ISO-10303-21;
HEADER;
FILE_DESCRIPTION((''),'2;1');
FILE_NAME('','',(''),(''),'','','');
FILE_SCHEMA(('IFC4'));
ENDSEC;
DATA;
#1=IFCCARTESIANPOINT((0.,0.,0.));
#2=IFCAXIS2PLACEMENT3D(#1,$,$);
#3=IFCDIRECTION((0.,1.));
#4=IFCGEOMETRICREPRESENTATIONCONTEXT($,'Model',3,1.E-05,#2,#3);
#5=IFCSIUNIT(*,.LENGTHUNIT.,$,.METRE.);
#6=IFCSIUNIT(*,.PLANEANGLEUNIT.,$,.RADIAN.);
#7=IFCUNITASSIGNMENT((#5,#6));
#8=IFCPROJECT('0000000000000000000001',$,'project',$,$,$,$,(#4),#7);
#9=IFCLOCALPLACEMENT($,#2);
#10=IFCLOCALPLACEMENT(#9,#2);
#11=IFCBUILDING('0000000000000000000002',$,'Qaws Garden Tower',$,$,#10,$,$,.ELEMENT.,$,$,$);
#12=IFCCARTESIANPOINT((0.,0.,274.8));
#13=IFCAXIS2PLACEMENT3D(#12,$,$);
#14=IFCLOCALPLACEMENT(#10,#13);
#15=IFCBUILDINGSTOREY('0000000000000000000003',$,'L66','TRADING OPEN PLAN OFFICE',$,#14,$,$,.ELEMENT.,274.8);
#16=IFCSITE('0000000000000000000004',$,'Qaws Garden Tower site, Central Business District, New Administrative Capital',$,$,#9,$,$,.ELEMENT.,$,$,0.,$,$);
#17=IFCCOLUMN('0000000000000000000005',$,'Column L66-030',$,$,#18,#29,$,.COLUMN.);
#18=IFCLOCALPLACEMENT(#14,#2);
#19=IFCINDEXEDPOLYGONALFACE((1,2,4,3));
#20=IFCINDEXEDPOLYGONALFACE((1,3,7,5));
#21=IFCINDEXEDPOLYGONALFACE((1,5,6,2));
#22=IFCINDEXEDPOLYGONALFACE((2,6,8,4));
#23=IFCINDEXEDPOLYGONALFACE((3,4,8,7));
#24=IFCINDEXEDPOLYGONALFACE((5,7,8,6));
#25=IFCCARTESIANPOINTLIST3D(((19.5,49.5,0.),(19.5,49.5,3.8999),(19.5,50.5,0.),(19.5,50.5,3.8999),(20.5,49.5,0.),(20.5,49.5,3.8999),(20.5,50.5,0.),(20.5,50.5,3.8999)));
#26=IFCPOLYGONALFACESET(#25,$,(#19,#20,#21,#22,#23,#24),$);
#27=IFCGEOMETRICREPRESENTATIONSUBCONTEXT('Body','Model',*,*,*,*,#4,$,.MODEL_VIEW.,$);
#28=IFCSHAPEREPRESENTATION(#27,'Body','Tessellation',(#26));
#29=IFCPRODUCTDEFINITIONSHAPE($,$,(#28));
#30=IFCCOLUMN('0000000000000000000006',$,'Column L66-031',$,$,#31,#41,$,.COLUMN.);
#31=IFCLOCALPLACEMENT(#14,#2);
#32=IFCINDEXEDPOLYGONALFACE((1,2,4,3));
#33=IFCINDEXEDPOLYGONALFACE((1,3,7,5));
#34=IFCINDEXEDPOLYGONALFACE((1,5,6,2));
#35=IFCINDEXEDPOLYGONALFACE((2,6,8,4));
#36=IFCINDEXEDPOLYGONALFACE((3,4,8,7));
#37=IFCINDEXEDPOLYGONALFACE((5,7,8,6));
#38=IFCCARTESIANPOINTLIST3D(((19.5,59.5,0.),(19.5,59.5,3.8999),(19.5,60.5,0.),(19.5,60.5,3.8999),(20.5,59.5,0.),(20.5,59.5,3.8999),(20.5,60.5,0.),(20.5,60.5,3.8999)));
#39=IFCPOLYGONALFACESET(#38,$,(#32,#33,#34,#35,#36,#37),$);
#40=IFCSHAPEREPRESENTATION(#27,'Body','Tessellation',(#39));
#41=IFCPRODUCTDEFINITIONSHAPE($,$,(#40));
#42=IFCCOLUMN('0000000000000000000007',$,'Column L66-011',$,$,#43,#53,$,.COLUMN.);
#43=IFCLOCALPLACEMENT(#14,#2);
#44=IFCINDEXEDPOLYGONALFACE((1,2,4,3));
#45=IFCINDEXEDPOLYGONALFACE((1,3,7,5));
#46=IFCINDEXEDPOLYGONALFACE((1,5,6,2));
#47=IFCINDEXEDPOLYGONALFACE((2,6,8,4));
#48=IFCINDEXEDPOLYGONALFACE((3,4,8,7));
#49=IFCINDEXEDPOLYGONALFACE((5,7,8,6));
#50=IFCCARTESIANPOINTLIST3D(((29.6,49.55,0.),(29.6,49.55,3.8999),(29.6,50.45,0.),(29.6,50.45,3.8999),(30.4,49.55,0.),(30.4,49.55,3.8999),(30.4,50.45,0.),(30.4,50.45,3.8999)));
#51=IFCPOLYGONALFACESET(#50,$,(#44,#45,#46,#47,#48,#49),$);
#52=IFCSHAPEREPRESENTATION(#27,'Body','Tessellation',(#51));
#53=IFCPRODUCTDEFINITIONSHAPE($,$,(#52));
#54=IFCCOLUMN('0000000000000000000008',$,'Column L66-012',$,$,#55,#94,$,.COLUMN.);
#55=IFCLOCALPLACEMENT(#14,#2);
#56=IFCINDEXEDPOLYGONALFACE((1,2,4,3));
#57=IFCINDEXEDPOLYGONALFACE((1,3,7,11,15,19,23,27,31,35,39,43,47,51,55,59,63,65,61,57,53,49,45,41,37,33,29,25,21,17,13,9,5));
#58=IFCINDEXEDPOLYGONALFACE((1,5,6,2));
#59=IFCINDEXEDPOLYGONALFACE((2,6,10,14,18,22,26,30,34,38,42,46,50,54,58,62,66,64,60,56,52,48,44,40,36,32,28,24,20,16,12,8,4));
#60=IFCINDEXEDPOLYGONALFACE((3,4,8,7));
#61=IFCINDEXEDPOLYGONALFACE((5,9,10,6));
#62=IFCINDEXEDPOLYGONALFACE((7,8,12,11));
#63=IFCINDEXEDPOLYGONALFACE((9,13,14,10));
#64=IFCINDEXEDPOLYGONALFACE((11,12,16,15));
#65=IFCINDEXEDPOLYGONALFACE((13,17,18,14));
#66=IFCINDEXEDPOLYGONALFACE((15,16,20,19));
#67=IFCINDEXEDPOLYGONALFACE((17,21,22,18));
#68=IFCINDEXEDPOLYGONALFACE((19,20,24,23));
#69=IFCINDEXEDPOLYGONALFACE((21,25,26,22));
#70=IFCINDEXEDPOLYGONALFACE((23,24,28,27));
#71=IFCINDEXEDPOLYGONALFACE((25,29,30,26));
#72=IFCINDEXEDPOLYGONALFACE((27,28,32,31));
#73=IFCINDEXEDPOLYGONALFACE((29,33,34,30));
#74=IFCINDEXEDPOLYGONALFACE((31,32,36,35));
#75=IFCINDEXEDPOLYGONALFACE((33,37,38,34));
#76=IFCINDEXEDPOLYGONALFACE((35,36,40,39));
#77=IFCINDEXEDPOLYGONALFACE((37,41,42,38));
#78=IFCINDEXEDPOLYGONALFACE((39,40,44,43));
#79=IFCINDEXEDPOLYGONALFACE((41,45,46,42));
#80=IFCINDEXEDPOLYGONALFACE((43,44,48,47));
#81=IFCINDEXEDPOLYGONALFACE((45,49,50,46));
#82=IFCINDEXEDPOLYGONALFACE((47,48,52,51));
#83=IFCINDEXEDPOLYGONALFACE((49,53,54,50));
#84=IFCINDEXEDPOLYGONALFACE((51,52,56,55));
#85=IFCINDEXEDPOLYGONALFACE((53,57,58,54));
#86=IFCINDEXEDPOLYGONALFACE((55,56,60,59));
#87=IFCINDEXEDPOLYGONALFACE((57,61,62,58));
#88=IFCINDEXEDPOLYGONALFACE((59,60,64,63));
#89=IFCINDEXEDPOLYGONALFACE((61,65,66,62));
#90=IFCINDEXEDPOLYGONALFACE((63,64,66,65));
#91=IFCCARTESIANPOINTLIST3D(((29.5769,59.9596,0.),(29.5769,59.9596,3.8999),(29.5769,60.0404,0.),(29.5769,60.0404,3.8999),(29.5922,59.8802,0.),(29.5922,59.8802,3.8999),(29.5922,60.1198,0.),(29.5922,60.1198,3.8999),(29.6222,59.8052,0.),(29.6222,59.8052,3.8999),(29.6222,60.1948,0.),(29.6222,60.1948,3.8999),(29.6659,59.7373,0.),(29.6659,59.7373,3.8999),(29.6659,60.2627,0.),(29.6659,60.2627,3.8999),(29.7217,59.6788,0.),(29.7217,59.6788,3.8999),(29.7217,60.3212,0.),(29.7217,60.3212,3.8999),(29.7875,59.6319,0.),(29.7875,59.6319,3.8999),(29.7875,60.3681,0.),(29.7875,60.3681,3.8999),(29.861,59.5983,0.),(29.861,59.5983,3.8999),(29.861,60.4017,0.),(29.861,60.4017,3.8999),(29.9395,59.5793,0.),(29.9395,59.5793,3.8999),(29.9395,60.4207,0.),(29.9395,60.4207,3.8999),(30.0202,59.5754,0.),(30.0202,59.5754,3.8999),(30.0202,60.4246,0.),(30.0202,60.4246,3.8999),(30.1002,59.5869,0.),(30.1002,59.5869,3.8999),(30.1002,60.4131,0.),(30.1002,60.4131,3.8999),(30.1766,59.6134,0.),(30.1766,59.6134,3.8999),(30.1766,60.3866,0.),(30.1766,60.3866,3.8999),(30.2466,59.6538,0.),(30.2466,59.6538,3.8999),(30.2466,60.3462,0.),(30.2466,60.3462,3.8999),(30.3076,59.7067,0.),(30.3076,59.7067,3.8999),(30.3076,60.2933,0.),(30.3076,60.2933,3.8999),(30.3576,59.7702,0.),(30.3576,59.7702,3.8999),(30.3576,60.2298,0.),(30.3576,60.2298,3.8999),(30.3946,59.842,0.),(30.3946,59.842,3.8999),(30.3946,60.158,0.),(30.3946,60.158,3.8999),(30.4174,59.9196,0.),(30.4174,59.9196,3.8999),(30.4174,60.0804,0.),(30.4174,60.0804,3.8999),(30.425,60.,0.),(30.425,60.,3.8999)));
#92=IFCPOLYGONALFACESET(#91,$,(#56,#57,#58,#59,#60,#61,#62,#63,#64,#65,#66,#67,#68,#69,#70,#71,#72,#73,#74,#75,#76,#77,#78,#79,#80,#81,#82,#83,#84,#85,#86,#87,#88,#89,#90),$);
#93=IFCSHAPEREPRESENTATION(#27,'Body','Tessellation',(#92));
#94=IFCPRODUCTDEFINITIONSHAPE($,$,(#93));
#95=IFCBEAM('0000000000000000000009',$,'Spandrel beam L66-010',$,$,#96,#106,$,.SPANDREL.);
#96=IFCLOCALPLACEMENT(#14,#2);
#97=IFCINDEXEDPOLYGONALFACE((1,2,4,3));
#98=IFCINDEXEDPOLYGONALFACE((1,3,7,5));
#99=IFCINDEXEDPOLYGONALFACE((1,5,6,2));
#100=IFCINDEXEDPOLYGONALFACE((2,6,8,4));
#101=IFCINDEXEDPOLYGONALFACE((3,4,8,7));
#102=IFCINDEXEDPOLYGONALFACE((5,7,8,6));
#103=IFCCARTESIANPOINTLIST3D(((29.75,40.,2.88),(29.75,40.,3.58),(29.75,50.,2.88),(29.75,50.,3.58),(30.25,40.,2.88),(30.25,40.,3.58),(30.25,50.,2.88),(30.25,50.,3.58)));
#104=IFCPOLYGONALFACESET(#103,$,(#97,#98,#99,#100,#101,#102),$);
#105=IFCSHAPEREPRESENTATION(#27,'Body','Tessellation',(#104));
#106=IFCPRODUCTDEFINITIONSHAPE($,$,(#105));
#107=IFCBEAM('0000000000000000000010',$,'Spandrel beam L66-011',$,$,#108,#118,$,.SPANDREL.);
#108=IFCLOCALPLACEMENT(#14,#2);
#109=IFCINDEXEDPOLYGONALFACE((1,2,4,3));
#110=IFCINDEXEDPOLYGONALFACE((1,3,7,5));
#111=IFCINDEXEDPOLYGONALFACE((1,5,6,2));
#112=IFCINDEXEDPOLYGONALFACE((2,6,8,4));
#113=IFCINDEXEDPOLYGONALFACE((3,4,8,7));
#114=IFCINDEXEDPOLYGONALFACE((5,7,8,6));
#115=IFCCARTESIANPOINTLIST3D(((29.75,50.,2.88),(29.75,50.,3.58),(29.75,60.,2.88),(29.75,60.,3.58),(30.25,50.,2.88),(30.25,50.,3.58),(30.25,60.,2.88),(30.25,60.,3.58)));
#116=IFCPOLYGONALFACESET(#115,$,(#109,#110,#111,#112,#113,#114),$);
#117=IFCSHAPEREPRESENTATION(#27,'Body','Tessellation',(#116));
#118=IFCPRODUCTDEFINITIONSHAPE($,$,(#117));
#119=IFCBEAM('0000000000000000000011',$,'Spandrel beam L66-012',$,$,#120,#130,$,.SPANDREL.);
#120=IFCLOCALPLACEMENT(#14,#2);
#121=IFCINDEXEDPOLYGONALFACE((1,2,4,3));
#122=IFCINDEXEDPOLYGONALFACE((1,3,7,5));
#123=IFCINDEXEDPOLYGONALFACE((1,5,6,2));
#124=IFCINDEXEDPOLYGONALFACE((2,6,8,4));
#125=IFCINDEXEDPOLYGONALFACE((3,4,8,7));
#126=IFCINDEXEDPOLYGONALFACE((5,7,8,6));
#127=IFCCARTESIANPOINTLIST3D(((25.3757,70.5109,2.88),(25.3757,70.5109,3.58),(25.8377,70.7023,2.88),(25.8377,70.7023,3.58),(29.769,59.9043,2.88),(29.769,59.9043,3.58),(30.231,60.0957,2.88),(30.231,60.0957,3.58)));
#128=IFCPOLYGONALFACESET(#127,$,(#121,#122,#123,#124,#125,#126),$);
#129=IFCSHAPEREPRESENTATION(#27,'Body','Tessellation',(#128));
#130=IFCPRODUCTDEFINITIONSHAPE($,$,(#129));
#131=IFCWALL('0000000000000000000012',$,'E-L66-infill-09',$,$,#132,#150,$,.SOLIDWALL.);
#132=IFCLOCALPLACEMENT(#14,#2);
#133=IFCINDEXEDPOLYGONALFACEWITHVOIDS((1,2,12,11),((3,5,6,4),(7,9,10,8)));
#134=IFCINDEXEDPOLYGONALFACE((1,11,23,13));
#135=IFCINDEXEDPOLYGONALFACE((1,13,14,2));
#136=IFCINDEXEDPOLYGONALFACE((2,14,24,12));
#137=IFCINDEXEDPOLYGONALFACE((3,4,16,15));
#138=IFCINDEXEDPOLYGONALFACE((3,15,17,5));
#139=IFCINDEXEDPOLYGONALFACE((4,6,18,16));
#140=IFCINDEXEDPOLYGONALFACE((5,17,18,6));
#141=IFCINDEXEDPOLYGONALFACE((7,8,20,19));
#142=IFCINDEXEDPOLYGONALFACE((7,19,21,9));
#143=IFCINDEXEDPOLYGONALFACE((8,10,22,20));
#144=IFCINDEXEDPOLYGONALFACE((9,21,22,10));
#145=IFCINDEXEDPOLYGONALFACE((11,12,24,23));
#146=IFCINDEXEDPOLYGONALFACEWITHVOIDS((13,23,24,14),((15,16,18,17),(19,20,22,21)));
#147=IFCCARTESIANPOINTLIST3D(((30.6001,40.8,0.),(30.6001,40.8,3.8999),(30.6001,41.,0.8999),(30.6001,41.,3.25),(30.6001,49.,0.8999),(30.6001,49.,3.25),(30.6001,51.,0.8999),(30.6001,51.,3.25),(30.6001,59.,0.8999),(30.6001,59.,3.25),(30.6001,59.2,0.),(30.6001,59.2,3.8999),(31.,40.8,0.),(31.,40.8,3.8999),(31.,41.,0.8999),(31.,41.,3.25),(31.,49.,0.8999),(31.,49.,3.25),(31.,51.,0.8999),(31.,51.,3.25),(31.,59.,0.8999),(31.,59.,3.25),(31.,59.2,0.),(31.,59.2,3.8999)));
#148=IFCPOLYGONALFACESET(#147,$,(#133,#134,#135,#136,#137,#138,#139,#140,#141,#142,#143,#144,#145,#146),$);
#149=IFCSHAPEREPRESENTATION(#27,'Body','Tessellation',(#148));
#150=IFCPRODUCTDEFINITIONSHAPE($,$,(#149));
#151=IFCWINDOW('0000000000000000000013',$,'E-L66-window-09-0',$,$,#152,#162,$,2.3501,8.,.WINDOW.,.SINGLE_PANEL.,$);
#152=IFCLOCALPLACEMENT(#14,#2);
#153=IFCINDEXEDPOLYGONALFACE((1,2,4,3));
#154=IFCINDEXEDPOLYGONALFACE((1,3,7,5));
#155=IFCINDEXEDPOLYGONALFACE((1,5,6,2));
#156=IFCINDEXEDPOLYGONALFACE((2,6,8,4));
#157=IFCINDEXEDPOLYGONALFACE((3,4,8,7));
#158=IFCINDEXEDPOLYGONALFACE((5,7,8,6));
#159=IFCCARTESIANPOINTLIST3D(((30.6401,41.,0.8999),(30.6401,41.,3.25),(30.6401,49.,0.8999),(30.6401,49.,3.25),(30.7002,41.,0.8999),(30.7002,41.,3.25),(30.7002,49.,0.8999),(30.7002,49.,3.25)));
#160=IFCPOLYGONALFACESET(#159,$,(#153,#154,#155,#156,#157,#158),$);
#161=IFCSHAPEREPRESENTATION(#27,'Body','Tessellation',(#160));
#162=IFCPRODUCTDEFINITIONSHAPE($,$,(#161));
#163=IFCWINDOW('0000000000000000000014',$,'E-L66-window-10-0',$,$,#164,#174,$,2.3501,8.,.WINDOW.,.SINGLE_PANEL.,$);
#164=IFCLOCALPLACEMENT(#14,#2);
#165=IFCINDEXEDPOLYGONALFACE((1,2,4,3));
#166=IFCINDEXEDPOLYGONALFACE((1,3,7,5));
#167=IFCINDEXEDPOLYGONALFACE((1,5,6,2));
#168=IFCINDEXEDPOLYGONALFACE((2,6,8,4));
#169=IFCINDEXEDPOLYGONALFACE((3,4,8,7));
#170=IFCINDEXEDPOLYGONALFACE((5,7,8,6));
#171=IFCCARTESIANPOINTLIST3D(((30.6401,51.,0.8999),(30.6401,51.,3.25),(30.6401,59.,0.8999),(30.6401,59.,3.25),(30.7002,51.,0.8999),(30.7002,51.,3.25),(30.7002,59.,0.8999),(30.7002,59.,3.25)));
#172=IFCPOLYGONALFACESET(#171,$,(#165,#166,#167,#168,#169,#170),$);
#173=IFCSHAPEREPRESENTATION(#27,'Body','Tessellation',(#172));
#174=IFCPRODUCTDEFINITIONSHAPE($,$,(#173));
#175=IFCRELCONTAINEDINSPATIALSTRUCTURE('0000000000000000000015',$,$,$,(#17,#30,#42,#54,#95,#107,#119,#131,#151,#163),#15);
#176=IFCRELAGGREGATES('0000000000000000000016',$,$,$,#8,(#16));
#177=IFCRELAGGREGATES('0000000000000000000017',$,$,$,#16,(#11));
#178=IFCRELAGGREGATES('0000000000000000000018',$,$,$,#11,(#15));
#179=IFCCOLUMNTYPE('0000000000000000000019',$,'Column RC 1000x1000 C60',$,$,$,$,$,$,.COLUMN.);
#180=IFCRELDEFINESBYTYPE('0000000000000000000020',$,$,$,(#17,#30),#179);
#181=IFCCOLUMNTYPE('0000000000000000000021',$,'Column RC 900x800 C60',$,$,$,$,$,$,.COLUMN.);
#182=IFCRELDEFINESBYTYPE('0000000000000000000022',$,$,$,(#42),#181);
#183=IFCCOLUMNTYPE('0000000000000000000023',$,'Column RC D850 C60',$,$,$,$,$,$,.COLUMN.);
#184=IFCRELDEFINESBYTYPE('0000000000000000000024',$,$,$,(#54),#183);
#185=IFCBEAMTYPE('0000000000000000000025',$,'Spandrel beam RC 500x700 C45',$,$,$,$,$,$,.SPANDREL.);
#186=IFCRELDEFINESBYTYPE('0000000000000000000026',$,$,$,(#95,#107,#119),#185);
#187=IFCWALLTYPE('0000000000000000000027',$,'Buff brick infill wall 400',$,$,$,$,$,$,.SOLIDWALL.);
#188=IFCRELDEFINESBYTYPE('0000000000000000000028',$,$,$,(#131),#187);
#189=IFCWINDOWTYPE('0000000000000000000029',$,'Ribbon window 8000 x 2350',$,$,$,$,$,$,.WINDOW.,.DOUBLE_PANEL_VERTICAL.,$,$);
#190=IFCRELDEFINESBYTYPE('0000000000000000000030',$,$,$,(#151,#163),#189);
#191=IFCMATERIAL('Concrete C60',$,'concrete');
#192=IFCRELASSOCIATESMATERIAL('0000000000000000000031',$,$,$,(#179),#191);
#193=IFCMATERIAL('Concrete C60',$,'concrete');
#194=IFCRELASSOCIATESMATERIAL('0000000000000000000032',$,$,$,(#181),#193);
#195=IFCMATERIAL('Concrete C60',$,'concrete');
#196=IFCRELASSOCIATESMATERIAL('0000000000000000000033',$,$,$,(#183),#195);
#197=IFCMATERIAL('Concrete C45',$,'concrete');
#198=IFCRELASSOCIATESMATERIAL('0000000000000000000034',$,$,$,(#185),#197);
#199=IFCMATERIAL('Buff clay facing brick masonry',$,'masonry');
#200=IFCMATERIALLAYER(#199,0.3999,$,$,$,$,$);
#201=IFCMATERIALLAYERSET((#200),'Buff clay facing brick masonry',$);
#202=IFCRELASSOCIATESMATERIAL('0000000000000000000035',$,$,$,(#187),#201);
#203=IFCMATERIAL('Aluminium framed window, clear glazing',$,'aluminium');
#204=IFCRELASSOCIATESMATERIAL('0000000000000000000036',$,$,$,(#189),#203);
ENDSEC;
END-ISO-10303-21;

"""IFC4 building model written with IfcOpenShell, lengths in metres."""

from ifc_helpers import new_model, si_unit, direction, frame, frame_2d, origin, origin_2d, place, context, subcontext, project, spatial, rectangle, circle, extrude, material, layer, layer_set, material_profile, profile_set, type_object, element, fill, save


model = new_model("IFC4")

# Units and contexts
model_context = context("Model", 3, precision=1e-05, world=origin(), true_north=direction((0.0, 1.0)))
body_context = subcontext(model_context, "Body", "Model", "MODEL_VIEW")
ifc_project = project(units=[si_unit("LENGTHUNIT", "METRE"), si_unit("PLANEANGLEUNIT", "RADIAN")], contexts=[model_context])

# Site, building, storey
site_placement = place(None, origin())
site = spatial("IfcSite", under=ifc_project, at=site_placement, Name="Qaws Garden Tower site, Central Business District, New Administrative Capital", CompositionType="ELEMENT", RefElevation=0.0)
building_placement = place(site_placement, origin())
building = spatial("IfcBuilding", under=site, at=building_placement, Name="Qaws Garden Tower", CompositionType="ELEMENT")
storey_placement = place(building_placement, frame((0.0, 0.0, 274.8)))
storey = spatial("IfcBuildingStorey", under=building, at=storey_placement, Name="L66", Description="TRADING OPEN PLAN OFFICE", CompositionType="ELEMENT", Elevation=274.8)

# Columns
ifc_material_1 = material(Name="Concrete C60", Category="concrete")
ifc_material_profile_1 = material_profile(ifc_material_1, rectangle(XDim=1.0, YDim=1.0, at=origin_2d()), Name="RC 1000x1000")
ifc_profile_set_1 = profile_set([ifc_material_profile_1], Name="Concrete C60")
column_type_1 = type_object("IfcColumnType", Name="Column RC 1000x1000 C60", PredefinedType="COLUMN", material=ifc_profile_set_1)
for number, where, z_axis, x_axis, name in (
    (1, (20.0, 50.0, 0.0), (0.0, 0.0, 1.0), (1.0, 0.0, 0.0), "Column L66-030"),
    (2, (20.0, 60.0, 0.0), (0.0, 0.0, 1.0), (1.0, 0.0, 0.0), "Column L66-031"),
):
    element("IfcColumn", number, at=place(storey_placement, frame(where, z_axis=z_axis, x_axis=x_axis)), inside=storey, type_object=column_type_1, Name=name, PredefinedType="COLUMN", context=body_context, shape_type="SweptSolid", body=[
        extrude(rectangle(XDim=1.0, YDim=1.0, at=origin_2d()), origin(), (0.0, 0.0, 1.0), 3.8999),
    ])
ifc_material_2 = material(Name="Concrete C60", Category="concrete")
ifc_material_profile_2 = material_profile(ifc_material_2, rectangle(XDim=0.8999, YDim=0.8, at=origin_2d()), Name="RC 900x800")
ifc_profile_set_2 = profile_set([ifc_material_profile_2], Name="Concrete C60")
column_type_2 = type_object("IfcColumnType", Name="Column RC 900x800 C60", PredefinedType="COLUMN", material=ifc_profile_set_2)
column_1_placement = place(storey_placement, frame((30.0, 50.0, 0.0), z_axis=(0.0, 0.0, 1.0), x_axis=(0.0, 1.0, 0.0)))
element("IfcColumn", 3, at=column_1_placement, inside=storey, type_object=column_type_2, Name="Column L66-011", PredefinedType="COLUMN", context=body_context, shape_type="SweptSolid", body=[
    extrude(rectangle(XDim=0.8999, YDim=0.8, at=origin_2d()), origin(), (0.0, 0.0, 1.0), 3.8999),
])
ifc_material_3 = material(Name="Concrete C60", Category="concrete")
ifc_material_profile_3 = material_profile(ifc_material_3, circle(Radius=0.425, at=origin_2d()), Name="RC D850")
ifc_profile_set_3 = profile_set([ifc_material_profile_3], Name="Concrete C60")
column_type_3 = type_object("IfcColumnType", Name="Column RC D850 C60", PredefinedType="COLUMN", material=ifc_profile_set_3)
column_2_placement = place(storey_placement, frame((30.0, 60.0, 0.0), z_axis=(0.0, 0.0, 1.0), x_axis=(1.0, 0.0, 0.0)))
element("IfcColumn", 4, at=column_2_placement, inside=storey, type_object=column_type_3, Name="Column L66-012", PredefinedType="COLUMN", context=body_context, shape_type="SweptSolid", body=[
    extrude(circle(Radius=0.425, at=origin_2d()), origin(), (0.0, 0.0, 1.0), 3.8999),
])

# Beams
ifc_material_4 = material(Name="Concrete C45", Category="concrete")
ifc_material_profile_4 = material_profile(ifc_material_4, rectangle(XDim=0.5, YDim=0.7, at=origin_2d()), Name="RC 500x700")
ifc_profile_set_4 = profile_set([ifc_material_profile_4], Name="Concrete C45")
beam_type = type_object("IfcBeamType", Name="Spandrel beam RC 500x700 C45", PredefinedType="SPANDREL", material=ifc_profile_set_4)
for number, where, z_axis, x_axis, name in (
    (5, (30.0, 40.0, 3.23), (0.0, 1.0, 0.0), (-1.0, 0.0, 0.0), "Spandrel beam L66-010"),
    (6, (30.0, 50.0, 3.23), (0.0, 1.0, 0.0), (-1.0, 0.0, 0.0), "Spandrel beam L66-011"),
):
    element("IfcBeam", number, at=place(storey_placement, frame(where, z_axis=z_axis, x_axis=x_axis)), inside=storey, type_object=beam_type, Name=name, PredefinedType="SPANDREL", context=body_context, shape_type="SweptSolid", body=[
        extrude(rectangle(XDim=0.5, YDim=0.7, at=origin_2d()), origin(), (0.0, 0.0, 1.0), 10.0),
    ])
beam_placement = place(storey_placement, frame((30.0, 60.0, 3.23), z_axis=(-0.382674, 0.923883, 0.0), x_axis=(-0.923883, -0.382674, 0.0)))
element("IfcBeam", 7, at=beam_placement, inside=storey, type_object=beam_type, Name="Spandrel beam L66-012", PredefinedType="SPANDREL", context=body_context, shape_type="SweptSolid", body=[
    extrude(rectangle(XDim=0.5, YDim=0.7, at=origin_2d()), origin(), (0.0, 0.0, 1.0), 11.4805),
])

# Wall, openings, windows
ifc_material_5 = material(Name="Buff clay facing brick masonry", Category="masonry")
ifc_layer_1 = layer(ifc_material_5, 0.3999)
ifc_layer_set_1 = layer_set([ifc_layer_1], Name="Buff clay facing brick masonry")
wall_type_1 = type_object("IfcWallType", Name="Buff brick infill wall 400", PredefinedType="SOLIDWALL", material=ifc_layer_set_1)
wall_1_placement = place(storey_placement, frame((30.8, 40.8, 0.0), z_axis=(0.0, 0.0, 1.0), x_axis=(0.0, 1.0, 0.0)))
wall_1 = element("IfcWall", 8, at=wall_1_placement, inside=storey, type_object=wall_type_1, Name="E-L66-infill-09", PredefinedType="SOLIDWALL", context=body_context, shape_type="SweptSolid", body=[
    extrude(rectangle(XDim=18.3999, YDim=0.3999, at=frame_2d((9.2, 0.0))), origin(), (0.0, 0.0, 1.0), 3.8999),
])
opening_1_placement = place(wall_1_placement, frame((0.2, 0.0, 0.8999)))
opening_1 = element("IfcOpeningElement", 9, at=opening_1_placement, cuts=wall_1, PredefinedType="OPENING", context=body_context, shape_type="SweptSolid", body=[
    extrude(rectangle(XDim=8.0, YDim=2.3501, at=frame_2d((4.0, 1.175))), frame((0.0, 0.21, 0.0), z_axis=(0.0, -1.0, 0.0), x_axis=(1.0, 0.0, 0.0)), (0.0, 0.0, 1.0), 0.4199),
])
opening_2_placement = place(wall_1_placement, frame((10.2, 0.0, 0.8999)))
opening_2 = element("IfcOpeningElement", 10, at=opening_2_placement, cuts=wall_1, PredefinedType="OPENING", context=body_context, shape_type="SweptSolid", body=[
    extrude(rectangle(XDim=8.0, YDim=2.3501, at=frame_2d((4.0, 1.175))), frame((0.0, 0.21, 0.0), z_axis=(0.0, -1.0, 0.0), x_axis=(1.0, 0.0, 0.0)), (0.0, 0.0, 1.0), 0.4199),
])
ifc_material_6 = material(Name="Aluminium framed window, clear glazing", Category="aluminium")
window_type_1 = type_object("IfcWindowType", Name="Ribbon window 8000 x 2350", PartitioningType="DOUBLE_PANEL_VERTICAL", PredefinedType="WINDOW", material=ifc_material_6)
window_1_placement = place(opening_1_placement, origin())
window_1 = element("IfcWindow", 11, at=window_1_placement, inside=storey, type_object=window_type_1, Name="E-L66-window-09-0", OverallHeight=2.3501, OverallWidth=8.0, PartitioningType="SINGLE_PANEL", PredefinedType="WINDOW", context=body_context, shape_type="SweptSolid", body=[
    extrude(rectangle(XDim=8.0, YDim=2.3501, at=frame_2d((4.0, 1.175))), frame((0.0, 0.1599, 0.0), z_axis=(0.0, -1.0, 0.0), x_axis=(1.0, 0.0, 0.0)), (0.0, 0.0, 1.0), 0.0601),
])
fill(opening_1, window_1)
window_2_placement = place(opening_2_placement, origin())
window_2 = element("IfcWindow", 12, at=window_2_placement, inside=storey, type_object=window_type_1, Name="E-L66-window-10-0", OverallHeight=2.3501, OverallWidth=8.0, PartitioningType="SINGLE_PANEL", PredefinedType="WINDOW", context=body_context, shape_type="SweptSolid", body=[
    extrude(rectangle(XDim=8.0, YDim=2.3501, at=frame_2d((4.0, 1.175))), frame((0.0, 0.1599, 0.0), z_axis=(0.0, -1.0, 0.0), x_axis=(1.0, 0.0, 0.0)), (0.0, 0.0, 1.0), 0.0601),
])
fill(opening_2, window_2)

save(model, "model.ifc")
